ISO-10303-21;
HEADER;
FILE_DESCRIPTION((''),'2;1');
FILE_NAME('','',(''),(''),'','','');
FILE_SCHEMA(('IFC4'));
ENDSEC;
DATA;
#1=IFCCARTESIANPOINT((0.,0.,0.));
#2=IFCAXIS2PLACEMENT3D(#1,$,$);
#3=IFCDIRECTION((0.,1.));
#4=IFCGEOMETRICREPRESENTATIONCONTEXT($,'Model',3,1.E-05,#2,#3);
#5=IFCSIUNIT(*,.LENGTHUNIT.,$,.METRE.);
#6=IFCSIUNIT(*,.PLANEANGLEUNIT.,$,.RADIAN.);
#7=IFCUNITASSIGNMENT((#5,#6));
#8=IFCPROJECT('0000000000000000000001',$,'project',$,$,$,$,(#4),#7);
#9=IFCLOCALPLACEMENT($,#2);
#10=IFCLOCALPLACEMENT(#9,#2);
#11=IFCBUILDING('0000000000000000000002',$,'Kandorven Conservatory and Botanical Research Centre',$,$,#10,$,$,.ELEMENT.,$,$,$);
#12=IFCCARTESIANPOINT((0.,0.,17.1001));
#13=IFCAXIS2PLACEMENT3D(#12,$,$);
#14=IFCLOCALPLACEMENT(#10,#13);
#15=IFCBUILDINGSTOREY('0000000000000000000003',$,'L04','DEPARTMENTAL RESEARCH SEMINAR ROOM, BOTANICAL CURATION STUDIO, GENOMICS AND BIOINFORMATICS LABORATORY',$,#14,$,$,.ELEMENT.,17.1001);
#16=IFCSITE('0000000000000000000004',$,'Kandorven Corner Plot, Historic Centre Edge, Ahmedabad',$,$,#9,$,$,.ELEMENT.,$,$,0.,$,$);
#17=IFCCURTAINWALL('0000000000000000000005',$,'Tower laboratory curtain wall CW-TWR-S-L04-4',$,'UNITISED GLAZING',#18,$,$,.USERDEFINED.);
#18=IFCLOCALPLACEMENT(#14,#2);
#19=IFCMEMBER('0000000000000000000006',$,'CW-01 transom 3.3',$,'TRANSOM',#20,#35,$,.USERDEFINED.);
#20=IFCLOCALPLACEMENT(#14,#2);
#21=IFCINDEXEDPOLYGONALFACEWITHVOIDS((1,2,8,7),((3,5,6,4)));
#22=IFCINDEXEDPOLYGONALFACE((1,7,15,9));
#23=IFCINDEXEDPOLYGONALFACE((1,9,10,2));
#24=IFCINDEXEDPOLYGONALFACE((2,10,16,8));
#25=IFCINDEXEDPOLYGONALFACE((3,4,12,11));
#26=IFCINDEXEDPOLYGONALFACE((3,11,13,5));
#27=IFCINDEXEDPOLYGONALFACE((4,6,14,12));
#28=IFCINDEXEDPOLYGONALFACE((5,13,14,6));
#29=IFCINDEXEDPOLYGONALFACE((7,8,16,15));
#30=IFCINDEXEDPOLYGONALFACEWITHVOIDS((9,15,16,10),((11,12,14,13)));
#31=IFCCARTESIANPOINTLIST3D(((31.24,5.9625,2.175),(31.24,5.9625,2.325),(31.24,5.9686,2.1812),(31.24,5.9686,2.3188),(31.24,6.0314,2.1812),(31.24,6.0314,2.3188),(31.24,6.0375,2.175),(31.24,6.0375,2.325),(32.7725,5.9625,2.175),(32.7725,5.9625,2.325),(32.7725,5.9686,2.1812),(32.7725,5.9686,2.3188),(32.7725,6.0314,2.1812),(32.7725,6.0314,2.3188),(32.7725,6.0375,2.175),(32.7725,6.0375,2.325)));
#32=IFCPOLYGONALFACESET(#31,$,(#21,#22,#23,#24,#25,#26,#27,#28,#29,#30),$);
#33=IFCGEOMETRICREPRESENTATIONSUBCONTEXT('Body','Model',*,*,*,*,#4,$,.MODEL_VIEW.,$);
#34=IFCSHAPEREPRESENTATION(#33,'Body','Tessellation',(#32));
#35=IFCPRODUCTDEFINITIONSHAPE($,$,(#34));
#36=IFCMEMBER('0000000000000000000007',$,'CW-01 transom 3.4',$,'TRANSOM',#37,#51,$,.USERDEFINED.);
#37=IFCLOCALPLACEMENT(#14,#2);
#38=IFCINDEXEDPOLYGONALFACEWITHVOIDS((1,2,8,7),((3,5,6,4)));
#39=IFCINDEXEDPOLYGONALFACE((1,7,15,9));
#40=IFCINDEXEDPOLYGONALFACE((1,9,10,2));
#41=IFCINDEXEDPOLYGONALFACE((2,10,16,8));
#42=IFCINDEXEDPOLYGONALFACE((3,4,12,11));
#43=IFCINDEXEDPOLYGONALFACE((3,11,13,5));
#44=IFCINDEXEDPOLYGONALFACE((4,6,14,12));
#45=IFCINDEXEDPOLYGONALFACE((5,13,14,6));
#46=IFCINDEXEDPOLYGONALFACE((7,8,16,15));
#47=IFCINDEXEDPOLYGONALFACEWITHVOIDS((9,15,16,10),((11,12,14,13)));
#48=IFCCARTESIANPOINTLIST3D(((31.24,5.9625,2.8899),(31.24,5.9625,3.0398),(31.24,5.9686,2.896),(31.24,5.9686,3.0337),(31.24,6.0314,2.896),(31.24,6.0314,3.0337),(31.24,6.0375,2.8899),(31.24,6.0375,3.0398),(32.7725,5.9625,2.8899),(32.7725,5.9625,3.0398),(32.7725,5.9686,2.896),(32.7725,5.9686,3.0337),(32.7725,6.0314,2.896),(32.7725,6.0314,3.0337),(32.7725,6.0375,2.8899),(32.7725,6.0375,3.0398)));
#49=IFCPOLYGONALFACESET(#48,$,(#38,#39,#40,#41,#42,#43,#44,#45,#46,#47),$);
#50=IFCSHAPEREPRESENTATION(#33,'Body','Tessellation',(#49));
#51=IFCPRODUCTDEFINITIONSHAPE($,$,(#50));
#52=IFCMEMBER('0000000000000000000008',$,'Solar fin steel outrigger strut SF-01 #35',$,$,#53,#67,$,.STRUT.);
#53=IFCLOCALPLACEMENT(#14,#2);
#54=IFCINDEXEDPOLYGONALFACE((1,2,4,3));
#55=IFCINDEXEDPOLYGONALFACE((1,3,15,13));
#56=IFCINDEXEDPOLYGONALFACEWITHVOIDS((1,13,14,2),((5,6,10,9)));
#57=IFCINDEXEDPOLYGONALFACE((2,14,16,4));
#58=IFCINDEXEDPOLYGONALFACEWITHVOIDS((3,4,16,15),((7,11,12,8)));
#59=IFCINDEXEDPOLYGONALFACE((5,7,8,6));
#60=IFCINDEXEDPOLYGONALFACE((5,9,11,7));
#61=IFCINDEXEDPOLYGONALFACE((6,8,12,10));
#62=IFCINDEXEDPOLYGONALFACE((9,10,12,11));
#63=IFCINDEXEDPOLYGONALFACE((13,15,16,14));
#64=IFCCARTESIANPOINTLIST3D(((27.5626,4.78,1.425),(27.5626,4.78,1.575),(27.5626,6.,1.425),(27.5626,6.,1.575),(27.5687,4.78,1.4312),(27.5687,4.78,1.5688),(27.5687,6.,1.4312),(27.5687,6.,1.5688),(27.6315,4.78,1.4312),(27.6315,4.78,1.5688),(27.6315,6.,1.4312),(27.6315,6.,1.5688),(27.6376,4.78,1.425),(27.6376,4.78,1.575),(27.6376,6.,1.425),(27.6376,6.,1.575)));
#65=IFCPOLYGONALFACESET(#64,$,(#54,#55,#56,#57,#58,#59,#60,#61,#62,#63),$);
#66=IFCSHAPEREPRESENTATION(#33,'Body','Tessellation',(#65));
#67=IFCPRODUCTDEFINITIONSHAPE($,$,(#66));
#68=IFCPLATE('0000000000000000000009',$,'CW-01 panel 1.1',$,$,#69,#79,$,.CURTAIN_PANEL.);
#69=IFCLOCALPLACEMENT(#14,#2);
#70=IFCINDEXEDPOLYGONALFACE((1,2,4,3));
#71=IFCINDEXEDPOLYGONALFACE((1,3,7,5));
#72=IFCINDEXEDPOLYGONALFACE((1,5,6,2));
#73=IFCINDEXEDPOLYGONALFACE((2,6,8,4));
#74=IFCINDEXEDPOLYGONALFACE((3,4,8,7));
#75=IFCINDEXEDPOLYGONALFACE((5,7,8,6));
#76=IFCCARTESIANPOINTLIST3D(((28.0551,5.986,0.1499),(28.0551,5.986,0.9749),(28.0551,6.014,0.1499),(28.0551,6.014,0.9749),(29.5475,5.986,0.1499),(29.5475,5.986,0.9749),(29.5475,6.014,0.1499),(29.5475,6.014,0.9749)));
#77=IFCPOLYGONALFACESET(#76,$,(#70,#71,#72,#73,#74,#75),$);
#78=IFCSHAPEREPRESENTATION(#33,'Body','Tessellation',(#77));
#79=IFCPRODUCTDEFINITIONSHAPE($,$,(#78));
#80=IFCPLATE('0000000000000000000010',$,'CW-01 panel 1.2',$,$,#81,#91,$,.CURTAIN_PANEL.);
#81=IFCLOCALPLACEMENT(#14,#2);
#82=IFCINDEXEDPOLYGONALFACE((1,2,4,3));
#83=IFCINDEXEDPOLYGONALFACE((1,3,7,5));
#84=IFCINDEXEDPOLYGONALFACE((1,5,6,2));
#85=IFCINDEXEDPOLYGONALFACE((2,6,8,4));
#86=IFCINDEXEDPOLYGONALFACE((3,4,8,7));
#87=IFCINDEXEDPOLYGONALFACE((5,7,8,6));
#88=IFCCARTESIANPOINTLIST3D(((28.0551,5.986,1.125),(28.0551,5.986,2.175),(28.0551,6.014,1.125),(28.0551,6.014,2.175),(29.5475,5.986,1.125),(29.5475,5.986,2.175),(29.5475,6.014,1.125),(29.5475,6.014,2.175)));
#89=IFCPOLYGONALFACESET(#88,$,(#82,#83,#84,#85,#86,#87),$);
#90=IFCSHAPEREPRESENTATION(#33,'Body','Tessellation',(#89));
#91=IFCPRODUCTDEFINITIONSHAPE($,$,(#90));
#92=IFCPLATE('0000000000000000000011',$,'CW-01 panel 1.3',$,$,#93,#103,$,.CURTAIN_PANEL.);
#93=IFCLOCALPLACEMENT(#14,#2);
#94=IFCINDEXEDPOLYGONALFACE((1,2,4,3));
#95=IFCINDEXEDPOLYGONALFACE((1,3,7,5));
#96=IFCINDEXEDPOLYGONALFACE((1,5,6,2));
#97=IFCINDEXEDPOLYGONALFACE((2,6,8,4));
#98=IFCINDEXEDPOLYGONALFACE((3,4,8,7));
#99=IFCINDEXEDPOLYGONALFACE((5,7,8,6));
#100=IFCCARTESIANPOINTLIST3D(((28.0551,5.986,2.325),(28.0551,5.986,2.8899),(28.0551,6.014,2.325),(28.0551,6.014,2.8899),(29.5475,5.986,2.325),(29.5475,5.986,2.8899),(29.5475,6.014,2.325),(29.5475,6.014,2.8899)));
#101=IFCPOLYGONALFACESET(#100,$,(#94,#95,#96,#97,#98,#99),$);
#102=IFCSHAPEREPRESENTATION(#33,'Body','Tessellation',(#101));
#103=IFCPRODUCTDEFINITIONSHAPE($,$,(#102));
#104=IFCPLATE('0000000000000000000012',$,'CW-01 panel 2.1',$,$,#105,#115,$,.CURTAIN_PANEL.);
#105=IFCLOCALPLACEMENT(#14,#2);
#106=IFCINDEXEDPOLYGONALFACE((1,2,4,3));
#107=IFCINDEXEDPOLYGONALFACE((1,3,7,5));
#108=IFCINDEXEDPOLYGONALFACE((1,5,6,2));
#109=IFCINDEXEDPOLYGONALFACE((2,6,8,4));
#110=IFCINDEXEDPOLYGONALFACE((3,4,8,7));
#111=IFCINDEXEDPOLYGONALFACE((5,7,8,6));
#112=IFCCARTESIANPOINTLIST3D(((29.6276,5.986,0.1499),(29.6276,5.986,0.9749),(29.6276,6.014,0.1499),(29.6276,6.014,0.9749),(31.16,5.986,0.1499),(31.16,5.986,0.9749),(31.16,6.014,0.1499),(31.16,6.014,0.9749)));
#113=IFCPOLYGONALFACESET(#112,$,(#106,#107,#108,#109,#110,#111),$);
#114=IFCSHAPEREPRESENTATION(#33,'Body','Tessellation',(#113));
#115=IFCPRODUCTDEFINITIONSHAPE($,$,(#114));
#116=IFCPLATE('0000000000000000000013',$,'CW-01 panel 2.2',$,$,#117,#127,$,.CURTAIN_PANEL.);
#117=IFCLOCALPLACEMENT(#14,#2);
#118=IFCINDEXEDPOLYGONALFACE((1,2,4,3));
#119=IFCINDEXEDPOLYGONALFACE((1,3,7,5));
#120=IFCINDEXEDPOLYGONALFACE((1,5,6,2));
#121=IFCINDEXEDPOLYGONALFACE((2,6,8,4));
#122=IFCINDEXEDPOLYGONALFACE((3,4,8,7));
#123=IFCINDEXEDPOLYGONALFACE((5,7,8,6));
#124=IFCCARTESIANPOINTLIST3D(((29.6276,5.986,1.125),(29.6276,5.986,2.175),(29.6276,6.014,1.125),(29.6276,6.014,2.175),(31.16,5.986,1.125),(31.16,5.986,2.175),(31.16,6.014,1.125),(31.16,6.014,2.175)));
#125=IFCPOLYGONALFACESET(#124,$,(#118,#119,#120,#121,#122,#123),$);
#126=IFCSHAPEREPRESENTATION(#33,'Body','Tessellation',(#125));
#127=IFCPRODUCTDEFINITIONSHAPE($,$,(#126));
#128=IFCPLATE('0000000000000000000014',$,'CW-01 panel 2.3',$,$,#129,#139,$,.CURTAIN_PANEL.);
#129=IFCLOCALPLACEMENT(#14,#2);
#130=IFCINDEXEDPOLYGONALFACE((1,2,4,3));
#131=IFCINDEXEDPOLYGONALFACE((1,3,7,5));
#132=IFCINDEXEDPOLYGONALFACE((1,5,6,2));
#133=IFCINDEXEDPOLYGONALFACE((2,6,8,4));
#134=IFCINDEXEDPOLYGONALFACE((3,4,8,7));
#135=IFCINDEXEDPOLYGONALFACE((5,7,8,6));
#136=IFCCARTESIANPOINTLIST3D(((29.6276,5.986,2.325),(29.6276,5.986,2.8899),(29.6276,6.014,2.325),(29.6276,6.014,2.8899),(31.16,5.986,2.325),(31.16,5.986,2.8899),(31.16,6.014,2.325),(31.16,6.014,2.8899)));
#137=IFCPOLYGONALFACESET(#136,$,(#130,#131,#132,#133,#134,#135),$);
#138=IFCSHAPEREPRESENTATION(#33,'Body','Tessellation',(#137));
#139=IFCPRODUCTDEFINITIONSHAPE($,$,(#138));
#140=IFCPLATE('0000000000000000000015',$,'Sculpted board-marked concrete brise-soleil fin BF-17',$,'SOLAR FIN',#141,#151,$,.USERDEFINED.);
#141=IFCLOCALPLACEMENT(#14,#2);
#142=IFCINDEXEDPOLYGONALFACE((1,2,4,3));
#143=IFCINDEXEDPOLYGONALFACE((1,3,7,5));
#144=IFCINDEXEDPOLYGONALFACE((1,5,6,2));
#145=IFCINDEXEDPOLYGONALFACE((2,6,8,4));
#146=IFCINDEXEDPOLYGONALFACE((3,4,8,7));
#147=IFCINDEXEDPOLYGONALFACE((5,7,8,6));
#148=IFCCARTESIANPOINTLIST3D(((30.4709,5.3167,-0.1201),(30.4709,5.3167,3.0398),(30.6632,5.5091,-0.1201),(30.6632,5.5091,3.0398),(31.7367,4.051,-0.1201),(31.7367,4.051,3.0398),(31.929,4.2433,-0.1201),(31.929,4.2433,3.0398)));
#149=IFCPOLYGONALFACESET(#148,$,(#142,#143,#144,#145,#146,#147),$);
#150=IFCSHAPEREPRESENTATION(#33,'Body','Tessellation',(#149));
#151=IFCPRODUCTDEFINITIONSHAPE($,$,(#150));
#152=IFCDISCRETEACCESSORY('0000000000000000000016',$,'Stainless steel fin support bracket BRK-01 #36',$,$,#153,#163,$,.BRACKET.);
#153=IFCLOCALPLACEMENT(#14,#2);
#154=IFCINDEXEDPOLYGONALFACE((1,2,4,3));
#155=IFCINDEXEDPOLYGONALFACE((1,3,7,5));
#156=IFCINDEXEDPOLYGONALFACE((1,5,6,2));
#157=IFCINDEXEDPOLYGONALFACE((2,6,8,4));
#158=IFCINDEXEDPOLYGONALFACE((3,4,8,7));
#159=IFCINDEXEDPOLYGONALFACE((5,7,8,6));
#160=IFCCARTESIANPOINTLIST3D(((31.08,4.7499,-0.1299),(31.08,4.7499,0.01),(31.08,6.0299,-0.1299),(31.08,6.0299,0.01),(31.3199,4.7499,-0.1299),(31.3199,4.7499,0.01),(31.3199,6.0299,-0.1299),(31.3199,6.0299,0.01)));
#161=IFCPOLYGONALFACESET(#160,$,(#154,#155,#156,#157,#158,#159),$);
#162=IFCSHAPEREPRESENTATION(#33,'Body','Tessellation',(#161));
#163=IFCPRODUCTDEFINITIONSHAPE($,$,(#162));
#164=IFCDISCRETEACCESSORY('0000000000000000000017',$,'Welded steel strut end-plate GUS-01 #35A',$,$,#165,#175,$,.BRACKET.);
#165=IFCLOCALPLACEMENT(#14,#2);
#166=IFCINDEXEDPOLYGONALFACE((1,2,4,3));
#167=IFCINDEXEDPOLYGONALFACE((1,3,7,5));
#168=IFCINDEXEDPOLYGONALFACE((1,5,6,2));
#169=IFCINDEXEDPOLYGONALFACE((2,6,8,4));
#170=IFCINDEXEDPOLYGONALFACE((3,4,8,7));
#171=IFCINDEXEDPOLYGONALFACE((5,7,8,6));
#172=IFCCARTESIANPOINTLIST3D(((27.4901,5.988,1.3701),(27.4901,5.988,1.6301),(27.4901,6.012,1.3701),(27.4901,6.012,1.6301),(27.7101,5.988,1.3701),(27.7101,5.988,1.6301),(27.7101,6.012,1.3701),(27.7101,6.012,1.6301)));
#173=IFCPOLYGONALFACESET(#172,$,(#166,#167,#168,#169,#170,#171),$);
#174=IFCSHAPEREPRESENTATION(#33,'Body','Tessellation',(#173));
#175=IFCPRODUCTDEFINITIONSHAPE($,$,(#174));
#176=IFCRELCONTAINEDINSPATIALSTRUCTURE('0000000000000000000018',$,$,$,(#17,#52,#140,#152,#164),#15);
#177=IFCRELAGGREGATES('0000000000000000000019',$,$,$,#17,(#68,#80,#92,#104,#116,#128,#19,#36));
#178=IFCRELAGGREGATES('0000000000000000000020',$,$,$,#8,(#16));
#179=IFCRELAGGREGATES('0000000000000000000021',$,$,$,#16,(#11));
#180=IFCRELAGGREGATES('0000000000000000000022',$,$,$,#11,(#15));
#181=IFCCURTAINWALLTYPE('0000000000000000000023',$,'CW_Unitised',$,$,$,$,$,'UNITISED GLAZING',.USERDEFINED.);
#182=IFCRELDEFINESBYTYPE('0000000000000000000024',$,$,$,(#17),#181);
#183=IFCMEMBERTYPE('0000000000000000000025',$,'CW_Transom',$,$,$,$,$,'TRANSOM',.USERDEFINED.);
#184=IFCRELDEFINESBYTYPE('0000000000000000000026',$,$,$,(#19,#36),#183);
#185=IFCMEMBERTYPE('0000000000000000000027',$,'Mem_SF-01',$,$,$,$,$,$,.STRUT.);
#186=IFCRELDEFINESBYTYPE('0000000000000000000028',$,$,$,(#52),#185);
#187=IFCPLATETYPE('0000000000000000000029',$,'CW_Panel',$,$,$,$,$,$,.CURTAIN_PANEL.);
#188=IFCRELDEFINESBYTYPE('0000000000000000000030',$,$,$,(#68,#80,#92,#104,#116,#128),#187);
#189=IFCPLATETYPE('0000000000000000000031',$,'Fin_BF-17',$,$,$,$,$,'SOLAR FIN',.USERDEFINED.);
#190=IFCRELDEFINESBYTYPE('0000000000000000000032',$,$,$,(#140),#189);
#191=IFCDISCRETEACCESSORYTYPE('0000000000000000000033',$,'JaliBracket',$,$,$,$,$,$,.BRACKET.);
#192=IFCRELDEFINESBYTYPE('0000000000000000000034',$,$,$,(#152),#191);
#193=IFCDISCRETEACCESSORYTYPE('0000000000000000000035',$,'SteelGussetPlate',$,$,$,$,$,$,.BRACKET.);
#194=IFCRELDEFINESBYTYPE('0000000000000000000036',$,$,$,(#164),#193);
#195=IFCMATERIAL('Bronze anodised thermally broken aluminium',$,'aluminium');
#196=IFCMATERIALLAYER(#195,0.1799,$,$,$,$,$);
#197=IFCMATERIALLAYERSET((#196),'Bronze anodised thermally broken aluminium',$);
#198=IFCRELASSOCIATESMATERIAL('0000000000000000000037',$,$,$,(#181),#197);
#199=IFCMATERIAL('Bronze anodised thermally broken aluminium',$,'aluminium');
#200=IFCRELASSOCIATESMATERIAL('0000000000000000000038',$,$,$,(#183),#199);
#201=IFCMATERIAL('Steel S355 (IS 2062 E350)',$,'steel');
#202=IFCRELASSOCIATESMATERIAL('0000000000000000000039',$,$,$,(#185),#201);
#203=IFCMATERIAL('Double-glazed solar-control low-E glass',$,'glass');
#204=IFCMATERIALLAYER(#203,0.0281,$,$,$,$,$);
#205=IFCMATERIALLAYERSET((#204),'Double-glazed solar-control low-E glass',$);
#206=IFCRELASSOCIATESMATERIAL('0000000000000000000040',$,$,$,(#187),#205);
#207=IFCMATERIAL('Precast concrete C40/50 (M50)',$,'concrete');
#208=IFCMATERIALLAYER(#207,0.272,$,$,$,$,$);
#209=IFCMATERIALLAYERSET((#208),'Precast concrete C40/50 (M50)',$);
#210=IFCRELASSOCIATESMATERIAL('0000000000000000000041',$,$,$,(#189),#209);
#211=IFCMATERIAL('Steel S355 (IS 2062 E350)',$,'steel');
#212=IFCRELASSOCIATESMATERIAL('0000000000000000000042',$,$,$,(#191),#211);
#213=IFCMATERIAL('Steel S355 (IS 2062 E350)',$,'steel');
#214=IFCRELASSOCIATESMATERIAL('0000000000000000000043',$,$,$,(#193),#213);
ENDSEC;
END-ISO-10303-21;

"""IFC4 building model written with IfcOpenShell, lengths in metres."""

from ifc_helpers import new_model, si_unit, direction, frame, origin, origin_2d, place, context, subcontext, project, spatial, rectangle, hollow_rectangle, extrude, material, layer, layer_set, material_profile, profile_set, type_object, element, aggregate, save


model = new_model("IFC4")

# Units and contexts
model_context = context("Model", 3, precision=1e-05, world=origin(), true_north=direction((0.0, 1.0)))
body_context = subcontext(model_context, "Body", "Model", "MODEL_VIEW")
ifc_project = project(units=[si_unit("LENGTHUNIT", "METRE"), si_unit("PLANEANGLEUNIT", "RADIAN")], contexts=[model_context])

# Site, building, storey
site_placement = place(None, origin())
site = spatial("IfcSite", under=ifc_project, at=site_placement, Name="Kandorven Corner Plot, Historic Centre Edge, Ahmedabad", CompositionType="ELEMENT", RefElevation=0.0)
building_placement = place(site_placement, origin())
building = spatial("IfcBuilding", under=site, at=building_placement, Name="Kandorven Conservatory and Botanical Research Centre", CompositionType="ELEMENT")
storey_placement = place(building_placement, frame((0.0, 0.0, 17.1001)))
storey = spatial("IfcBuildingStorey", under=building, at=storey_placement, Name="L04", Description="DEPARTMENTAL RESEARCH SEMINAR ROOM, BOTANICAL CURATION STUDIO, GENOMICS AND BIOINFORMATICS LABORATORY", CompositionType="ELEMENT", Elevation=17.1001)

# Curtain wall, members
ifc_material_1 = material(Name="Bronze anodised thermally broken aluminium", Category="aluminium")
ifc_layer_1 = layer(ifc_material_1, 0.1799)
ifc_layer_set_1 = layer_set([ifc_layer_1], Name="Bronze anodised thermally broken aluminium")
curtain_wall_type = type_object("IfcCurtainWallType", Name="CW_Unitised", ElementType="UNITISED GLAZING", PredefinedType="USERDEFINED", material=ifc_layer_set_1)
curtain_wall_placement = place(storey_placement, origin())
curtain_wall = element("IfcCurtainWall", 1, at=curtain_wall_placement, inside=storey, type_object=curtain_wall_type, Name="Tower laboratory curtain wall CW-TWR-S-L04-4", ObjectType="UNITISED GLAZING", PredefinedType="USERDEFINED")
ifc_material_2 = material(Name="Bronze anodised thermally broken aluminium", Category="aluminium")
ifc_material_profile_1 = material_profile(ifc_material_2, hollow_rectangle(XDim=0.075, YDim=0.1499, WallThickness=0.0061, at=origin_2d()))
ifc_profile_set_1 = profile_set([ifc_material_profile_1], Name="Bronze anodised thermally broken aluminium")
member_type_1 = type_object("IfcMemberType", Name="CW_Transom", ElementType="TRANSOM", PredefinedType="USERDEFINED", material=ifc_profile_set_1)
member_1_placement = place(storey_placement, frame((31.24, 6.0, 2.25), z_axis=(1.0, 0.0, 0.0), x_axis=(0.0, 1.0, 0.0)))
member_1 = element("IfcMember", 2, at=member_1_placement, type_object=member_type_1, Name="CW-01 transom 3.3", ObjectType="TRANSOM", PredefinedType="USERDEFINED", context=body_context, shape_type="SweptSolid", body=[
    extrude(hollow_rectangle(XDim=0.075, YDim=0.1499, WallThickness=0.0061, at=origin_2d()), origin(), (0.0, 0.0, 1.0), 1.5325),
])
member_2_placement = place(storey_placement, frame((31.24, 6.0, 2.9648), z_axis=(1.0, 0.0, 0.0), x_axis=(0.0, 1.0, 0.0)))
member_2 = element("IfcMember", 3, at=member_2_placement, type_object=member_type_1, Name="CW-01 transom 3.4", ObjectType="TRANSOM", PredefinedType="USERDEFINED", context=body_context, shape_type="SweptSolid", body=[
    extrude(hollow_rectangle(XDim=0.075, YDim=0.1499, WallThickness=0.0061, at=origin_2d()), origin(), (0.0, 0.0, 1.0), 1.5325),
])

# Member
ifc_material_3 = material(Name="Steel S355 (IS 2062 E350)", Category="steel")
ifc_material_profile_2 = material_profile(ifc_material_3, hollow_rectangle(XDim=0.075, YDim=0.1499, WallThickness=0.0061, at=origin_2d()))
ifc_profile_set_2 = profile_set([ifc_material_profile_2], Name="Steel S355 (IS 2062 E350)")
member_type_2 = type_object("IfcMemberType", Name="Mem_SF-01", PredefinedType="STRUT", material=ifc_profile_set_2)
member_3_placement = place(storey_placement, frame((27.6001, 6.0, 1.5), z_axis=(0.0, -1.0, 0.0), x_axis=(1.0, 0.0, 0.0)))
element("IfcMember", 4, at=member_3_placement, inside=storey, type_object=member_type_2, Name="Solar fin steel outrigger strut SF-01 #35", PredefinedType="STRUT", context=body_context, shape_type="SweptSolid", body=[
    extrude(hollow_rectangle(XDim=0.075, YDim=0.1499, WallThickness=0.0061, at=origin_2d()), origin(), (0.0, 0.0, 1.0), 1.22),
])

# Plates
ifc_material_4 = material(Name="Double-glazed solar-control low-E glass", Category="glass")
ifc_layer_2 = layer(ifc_material_4, 0.0281)
ifc_layer_set_2 = layer_set([ifc_layer_2], Name="Double-glazed solar-control low-E glass")
plate_type_1 = type_object("IfcPlateType", Name="CW_Panel", PredefinedType="CURTAIN_PANEL", material=ifc_layer_set_2)
plate_1_placement = place(storey_placement, frame((28.8013, 6.0, 0.1499), z_axis=(0.0, 0.0, 1.0), x_axis=(1.0, 0.0, 0.0)))
plate_1 = element("IfcPlate", 5, at=plate_1_placement, type_object=plate_type_1, Name="CW-01 panel 1.1", PredefinedType="CURTAIN_PANEL", context=body_context, shape_type="SweptSolid", body=[
    extrude(rectangle(XDim=1.4924, YDim=0.0281, at=origin_2d()), origin(), (0.0, 0.0, 1.0), 0.825),
])
plate_2_placement = place(storey_placement, frame((28.8013, 6.0, 1.125), z_axis=(0.0, 0.0, 1.0), x_axis=(1.0, 0.0, 0.0)))
plate_2 = element("IfcPlate", 6, at=plate_2_placement, type_object=plate_type_1, Name="CW-01 panel 1.2", PredefinedType="CURTAIN_PANEL", context=body_context, shape_type="SweptSolid", body=[
    extrude(rectangle(XDim=1.4924, YDim=0.0281, at=origin_2d()), origin(), (0.0, 0.0, 1.0), 1.05),
])
plate_3_placement = place(storey_placement, frame((28.8013, 6.0, 2.325), z_axis=(0.0, 0.0, 1.0), x_axis=(1.0, 0.0, 0.0)))
plate_3 = element("IfcPlate", 7, at=plate_3_placement, type_object=plate_type_1, Name="CW-01 panel 1.3", PredefinedType="CURTAIN_PANEL", context=body_context, shape_type="SweptSolid", body=[
    extrude(rectangle(XDim=1.4924, YDim=0.0281, at=origin_2d()), origin(), (0.0, 0.0, 1.0), 0.5649),
])
plate_4_placement = place(storey_placement, frame((30.3938, 6.0, 0.1499), z_axis=(0.0, 0.0, 1.0), x_axis=(1.0, 0.0, 0.0)))
plate_4 = element("IfcPlate", 8, at=plate_4_placement, type_object=plate_type_1, Name="CW-01 panel 2.1", PredefinedType="CURTAIN_PANEL", context=body_context, shape_type="SweptSolid", body=[
    extrude(rectangle(XDim=1.5325, YDim=0.0281, at=origin_2d()), origin(), (0.0, 0.0, 1.0), 0.825),
])
plate_5_placement = place(storey_placement, frame((30.3938, 6.0, 1.125), z_axis=(0.0, 0.0, 1.0), x_axis=(1.0, 0.0, 0.0)))
plate_5 = element("IfcPlate", 9, at=plate_5_placement, type_object=plate_type_1, Name="CW-01 panel 2.2", PredefinedType="CURTAIN_PANEL", context=body_context, shape_type="SweptSolid", body=[
    extrude(rectangle(XDim=1.5325, YDim=0.0281, at=origin_2d()), origin(), (0.0, 0.0, 1.0), 1.05),
])
plate_6_placement = place(storey_placement, frame((30.3938, 6.0, 2.325), z_axis=(0.0, 0.0, 1.0), x_axis=(1.0, 0.0, 0.0)))
plate_6 = element("IfcPlate", 10, at=plate_6_placement, type_object=plate_type_1, Name="CW-01 panel 2.3", PredefinedType="CURTAIN_PANEL", context=body_context, shape_type="SweptSolid", body=[
    extrude(rectangle(XDim=1.5325, YDim=0.0281, at=origin_2d()), origin(), (0.0, 0.0, 1.0), 0.5649),
])
aggregate(curtain_wall, [plate_1, plate_2, plate_3, plate_4, plate_5, plate_6, member_1, member_2])
ifc_material_5 = material(Name="Precast concrete C40/50 (M50)", Category="concrete")
ifc_layer_3 = layer(ifc_material_5, 0.272)
ifc_layer_set_3 = layer_set([ifc_layer_3], Name="Precast concrete C40/50 (M50)")
plate_type_2 = type_object("IfcPlateType", Name="Fin_BF-17", ElementType="SOLAR FIN", PredefinedType="USERDEFINED", material=ifc_layer_set_3)
plate_7_placement = place(storey_placement, frame((31.2, 4.78, -0.1201), z_axis=(0.0, 0.0, 1.0), x_axis=(-0.707107, 0.707107, 0.0)))
element("IfcPlate", 11, at=plate_7_placement, inside=storey, type_object=plate_type_2, Name="Sculpted board-marked concrete brise-soleil fin BF-17", ObjectType="SOLAR FIN", PredefinedType="USERDEFINED", context=body_context, shape_type="SweptSolid", body=[
    extrude(rectangle(XDim=1.79, YDim=0.272, at=origin_2d()), origin(), (0.0, 0.0, 1.0), 3.1599),
])

# Discrete accessories
ifc_material_6 = material(Name="Steel S355 (IS 2062 E350)", Category="steel")
discrete_accessory_type_1 = type_object("IfcDiscreteAccessoryType", Name="JaliBracket", PredefinedType="BRACKET", material=ifc_material_6)
discrete_accessory_1_placement = place(storey_placement, frame((31.2, 5.3899, -0.1299), z_axis=(0.0, 0.0, 1.0), x_axis=(1.0, 0.0, 0.0)))
element("IfcDiscreteAccessory", 12, at=discrete_accessory_1_placement, inside=storey, type_object=discrete_accessory_type_1, Name="Stainless steel fin support bracket BRK-01 #36", PredefinedType="BRACKET", context=body_context, shape_type="SweptSolid", body=[
    extrude(rectangle(XDim=0.24, YDim=1.28, at=origin_2d()), origin(), (0.0, 0.0, 1.0), 0.1399),
])
ifc_material_7 = material(Name="Steel S355 (IS 2062 E350)", Category="steel")
discrete_accessory_type_2 = type_object("IfcDiscreteAccessoryType", Name="SteelGussetPlate", PredefinedType="BRACKET", material=ifc_material_7)
discrete_accessory_2_placement = place(storey_placement, frame((27.6001, 6.0, 1.3701), z_axis=(0.0, 0.0, 1.0), x_axis=(1.0, 0.0, 0.0)))
element("IfcDiscreteAccessory", 13, at=discrete_accessory_2_placement, inside=storey, type_object=discrete_accessory_type_2, Name="Welded steel strut end-plate GUS-01 #35A", PredefinedType="BRACKET", context=body_context, shape_type="SweptSolid", body=[
    extrude(rectangle(XDim=0.22, YDim=0.0239, at=origin_2d()), origin(), (0.0, 0.0, 1.0), 0.26),
])

save(model, "model.ifc")
